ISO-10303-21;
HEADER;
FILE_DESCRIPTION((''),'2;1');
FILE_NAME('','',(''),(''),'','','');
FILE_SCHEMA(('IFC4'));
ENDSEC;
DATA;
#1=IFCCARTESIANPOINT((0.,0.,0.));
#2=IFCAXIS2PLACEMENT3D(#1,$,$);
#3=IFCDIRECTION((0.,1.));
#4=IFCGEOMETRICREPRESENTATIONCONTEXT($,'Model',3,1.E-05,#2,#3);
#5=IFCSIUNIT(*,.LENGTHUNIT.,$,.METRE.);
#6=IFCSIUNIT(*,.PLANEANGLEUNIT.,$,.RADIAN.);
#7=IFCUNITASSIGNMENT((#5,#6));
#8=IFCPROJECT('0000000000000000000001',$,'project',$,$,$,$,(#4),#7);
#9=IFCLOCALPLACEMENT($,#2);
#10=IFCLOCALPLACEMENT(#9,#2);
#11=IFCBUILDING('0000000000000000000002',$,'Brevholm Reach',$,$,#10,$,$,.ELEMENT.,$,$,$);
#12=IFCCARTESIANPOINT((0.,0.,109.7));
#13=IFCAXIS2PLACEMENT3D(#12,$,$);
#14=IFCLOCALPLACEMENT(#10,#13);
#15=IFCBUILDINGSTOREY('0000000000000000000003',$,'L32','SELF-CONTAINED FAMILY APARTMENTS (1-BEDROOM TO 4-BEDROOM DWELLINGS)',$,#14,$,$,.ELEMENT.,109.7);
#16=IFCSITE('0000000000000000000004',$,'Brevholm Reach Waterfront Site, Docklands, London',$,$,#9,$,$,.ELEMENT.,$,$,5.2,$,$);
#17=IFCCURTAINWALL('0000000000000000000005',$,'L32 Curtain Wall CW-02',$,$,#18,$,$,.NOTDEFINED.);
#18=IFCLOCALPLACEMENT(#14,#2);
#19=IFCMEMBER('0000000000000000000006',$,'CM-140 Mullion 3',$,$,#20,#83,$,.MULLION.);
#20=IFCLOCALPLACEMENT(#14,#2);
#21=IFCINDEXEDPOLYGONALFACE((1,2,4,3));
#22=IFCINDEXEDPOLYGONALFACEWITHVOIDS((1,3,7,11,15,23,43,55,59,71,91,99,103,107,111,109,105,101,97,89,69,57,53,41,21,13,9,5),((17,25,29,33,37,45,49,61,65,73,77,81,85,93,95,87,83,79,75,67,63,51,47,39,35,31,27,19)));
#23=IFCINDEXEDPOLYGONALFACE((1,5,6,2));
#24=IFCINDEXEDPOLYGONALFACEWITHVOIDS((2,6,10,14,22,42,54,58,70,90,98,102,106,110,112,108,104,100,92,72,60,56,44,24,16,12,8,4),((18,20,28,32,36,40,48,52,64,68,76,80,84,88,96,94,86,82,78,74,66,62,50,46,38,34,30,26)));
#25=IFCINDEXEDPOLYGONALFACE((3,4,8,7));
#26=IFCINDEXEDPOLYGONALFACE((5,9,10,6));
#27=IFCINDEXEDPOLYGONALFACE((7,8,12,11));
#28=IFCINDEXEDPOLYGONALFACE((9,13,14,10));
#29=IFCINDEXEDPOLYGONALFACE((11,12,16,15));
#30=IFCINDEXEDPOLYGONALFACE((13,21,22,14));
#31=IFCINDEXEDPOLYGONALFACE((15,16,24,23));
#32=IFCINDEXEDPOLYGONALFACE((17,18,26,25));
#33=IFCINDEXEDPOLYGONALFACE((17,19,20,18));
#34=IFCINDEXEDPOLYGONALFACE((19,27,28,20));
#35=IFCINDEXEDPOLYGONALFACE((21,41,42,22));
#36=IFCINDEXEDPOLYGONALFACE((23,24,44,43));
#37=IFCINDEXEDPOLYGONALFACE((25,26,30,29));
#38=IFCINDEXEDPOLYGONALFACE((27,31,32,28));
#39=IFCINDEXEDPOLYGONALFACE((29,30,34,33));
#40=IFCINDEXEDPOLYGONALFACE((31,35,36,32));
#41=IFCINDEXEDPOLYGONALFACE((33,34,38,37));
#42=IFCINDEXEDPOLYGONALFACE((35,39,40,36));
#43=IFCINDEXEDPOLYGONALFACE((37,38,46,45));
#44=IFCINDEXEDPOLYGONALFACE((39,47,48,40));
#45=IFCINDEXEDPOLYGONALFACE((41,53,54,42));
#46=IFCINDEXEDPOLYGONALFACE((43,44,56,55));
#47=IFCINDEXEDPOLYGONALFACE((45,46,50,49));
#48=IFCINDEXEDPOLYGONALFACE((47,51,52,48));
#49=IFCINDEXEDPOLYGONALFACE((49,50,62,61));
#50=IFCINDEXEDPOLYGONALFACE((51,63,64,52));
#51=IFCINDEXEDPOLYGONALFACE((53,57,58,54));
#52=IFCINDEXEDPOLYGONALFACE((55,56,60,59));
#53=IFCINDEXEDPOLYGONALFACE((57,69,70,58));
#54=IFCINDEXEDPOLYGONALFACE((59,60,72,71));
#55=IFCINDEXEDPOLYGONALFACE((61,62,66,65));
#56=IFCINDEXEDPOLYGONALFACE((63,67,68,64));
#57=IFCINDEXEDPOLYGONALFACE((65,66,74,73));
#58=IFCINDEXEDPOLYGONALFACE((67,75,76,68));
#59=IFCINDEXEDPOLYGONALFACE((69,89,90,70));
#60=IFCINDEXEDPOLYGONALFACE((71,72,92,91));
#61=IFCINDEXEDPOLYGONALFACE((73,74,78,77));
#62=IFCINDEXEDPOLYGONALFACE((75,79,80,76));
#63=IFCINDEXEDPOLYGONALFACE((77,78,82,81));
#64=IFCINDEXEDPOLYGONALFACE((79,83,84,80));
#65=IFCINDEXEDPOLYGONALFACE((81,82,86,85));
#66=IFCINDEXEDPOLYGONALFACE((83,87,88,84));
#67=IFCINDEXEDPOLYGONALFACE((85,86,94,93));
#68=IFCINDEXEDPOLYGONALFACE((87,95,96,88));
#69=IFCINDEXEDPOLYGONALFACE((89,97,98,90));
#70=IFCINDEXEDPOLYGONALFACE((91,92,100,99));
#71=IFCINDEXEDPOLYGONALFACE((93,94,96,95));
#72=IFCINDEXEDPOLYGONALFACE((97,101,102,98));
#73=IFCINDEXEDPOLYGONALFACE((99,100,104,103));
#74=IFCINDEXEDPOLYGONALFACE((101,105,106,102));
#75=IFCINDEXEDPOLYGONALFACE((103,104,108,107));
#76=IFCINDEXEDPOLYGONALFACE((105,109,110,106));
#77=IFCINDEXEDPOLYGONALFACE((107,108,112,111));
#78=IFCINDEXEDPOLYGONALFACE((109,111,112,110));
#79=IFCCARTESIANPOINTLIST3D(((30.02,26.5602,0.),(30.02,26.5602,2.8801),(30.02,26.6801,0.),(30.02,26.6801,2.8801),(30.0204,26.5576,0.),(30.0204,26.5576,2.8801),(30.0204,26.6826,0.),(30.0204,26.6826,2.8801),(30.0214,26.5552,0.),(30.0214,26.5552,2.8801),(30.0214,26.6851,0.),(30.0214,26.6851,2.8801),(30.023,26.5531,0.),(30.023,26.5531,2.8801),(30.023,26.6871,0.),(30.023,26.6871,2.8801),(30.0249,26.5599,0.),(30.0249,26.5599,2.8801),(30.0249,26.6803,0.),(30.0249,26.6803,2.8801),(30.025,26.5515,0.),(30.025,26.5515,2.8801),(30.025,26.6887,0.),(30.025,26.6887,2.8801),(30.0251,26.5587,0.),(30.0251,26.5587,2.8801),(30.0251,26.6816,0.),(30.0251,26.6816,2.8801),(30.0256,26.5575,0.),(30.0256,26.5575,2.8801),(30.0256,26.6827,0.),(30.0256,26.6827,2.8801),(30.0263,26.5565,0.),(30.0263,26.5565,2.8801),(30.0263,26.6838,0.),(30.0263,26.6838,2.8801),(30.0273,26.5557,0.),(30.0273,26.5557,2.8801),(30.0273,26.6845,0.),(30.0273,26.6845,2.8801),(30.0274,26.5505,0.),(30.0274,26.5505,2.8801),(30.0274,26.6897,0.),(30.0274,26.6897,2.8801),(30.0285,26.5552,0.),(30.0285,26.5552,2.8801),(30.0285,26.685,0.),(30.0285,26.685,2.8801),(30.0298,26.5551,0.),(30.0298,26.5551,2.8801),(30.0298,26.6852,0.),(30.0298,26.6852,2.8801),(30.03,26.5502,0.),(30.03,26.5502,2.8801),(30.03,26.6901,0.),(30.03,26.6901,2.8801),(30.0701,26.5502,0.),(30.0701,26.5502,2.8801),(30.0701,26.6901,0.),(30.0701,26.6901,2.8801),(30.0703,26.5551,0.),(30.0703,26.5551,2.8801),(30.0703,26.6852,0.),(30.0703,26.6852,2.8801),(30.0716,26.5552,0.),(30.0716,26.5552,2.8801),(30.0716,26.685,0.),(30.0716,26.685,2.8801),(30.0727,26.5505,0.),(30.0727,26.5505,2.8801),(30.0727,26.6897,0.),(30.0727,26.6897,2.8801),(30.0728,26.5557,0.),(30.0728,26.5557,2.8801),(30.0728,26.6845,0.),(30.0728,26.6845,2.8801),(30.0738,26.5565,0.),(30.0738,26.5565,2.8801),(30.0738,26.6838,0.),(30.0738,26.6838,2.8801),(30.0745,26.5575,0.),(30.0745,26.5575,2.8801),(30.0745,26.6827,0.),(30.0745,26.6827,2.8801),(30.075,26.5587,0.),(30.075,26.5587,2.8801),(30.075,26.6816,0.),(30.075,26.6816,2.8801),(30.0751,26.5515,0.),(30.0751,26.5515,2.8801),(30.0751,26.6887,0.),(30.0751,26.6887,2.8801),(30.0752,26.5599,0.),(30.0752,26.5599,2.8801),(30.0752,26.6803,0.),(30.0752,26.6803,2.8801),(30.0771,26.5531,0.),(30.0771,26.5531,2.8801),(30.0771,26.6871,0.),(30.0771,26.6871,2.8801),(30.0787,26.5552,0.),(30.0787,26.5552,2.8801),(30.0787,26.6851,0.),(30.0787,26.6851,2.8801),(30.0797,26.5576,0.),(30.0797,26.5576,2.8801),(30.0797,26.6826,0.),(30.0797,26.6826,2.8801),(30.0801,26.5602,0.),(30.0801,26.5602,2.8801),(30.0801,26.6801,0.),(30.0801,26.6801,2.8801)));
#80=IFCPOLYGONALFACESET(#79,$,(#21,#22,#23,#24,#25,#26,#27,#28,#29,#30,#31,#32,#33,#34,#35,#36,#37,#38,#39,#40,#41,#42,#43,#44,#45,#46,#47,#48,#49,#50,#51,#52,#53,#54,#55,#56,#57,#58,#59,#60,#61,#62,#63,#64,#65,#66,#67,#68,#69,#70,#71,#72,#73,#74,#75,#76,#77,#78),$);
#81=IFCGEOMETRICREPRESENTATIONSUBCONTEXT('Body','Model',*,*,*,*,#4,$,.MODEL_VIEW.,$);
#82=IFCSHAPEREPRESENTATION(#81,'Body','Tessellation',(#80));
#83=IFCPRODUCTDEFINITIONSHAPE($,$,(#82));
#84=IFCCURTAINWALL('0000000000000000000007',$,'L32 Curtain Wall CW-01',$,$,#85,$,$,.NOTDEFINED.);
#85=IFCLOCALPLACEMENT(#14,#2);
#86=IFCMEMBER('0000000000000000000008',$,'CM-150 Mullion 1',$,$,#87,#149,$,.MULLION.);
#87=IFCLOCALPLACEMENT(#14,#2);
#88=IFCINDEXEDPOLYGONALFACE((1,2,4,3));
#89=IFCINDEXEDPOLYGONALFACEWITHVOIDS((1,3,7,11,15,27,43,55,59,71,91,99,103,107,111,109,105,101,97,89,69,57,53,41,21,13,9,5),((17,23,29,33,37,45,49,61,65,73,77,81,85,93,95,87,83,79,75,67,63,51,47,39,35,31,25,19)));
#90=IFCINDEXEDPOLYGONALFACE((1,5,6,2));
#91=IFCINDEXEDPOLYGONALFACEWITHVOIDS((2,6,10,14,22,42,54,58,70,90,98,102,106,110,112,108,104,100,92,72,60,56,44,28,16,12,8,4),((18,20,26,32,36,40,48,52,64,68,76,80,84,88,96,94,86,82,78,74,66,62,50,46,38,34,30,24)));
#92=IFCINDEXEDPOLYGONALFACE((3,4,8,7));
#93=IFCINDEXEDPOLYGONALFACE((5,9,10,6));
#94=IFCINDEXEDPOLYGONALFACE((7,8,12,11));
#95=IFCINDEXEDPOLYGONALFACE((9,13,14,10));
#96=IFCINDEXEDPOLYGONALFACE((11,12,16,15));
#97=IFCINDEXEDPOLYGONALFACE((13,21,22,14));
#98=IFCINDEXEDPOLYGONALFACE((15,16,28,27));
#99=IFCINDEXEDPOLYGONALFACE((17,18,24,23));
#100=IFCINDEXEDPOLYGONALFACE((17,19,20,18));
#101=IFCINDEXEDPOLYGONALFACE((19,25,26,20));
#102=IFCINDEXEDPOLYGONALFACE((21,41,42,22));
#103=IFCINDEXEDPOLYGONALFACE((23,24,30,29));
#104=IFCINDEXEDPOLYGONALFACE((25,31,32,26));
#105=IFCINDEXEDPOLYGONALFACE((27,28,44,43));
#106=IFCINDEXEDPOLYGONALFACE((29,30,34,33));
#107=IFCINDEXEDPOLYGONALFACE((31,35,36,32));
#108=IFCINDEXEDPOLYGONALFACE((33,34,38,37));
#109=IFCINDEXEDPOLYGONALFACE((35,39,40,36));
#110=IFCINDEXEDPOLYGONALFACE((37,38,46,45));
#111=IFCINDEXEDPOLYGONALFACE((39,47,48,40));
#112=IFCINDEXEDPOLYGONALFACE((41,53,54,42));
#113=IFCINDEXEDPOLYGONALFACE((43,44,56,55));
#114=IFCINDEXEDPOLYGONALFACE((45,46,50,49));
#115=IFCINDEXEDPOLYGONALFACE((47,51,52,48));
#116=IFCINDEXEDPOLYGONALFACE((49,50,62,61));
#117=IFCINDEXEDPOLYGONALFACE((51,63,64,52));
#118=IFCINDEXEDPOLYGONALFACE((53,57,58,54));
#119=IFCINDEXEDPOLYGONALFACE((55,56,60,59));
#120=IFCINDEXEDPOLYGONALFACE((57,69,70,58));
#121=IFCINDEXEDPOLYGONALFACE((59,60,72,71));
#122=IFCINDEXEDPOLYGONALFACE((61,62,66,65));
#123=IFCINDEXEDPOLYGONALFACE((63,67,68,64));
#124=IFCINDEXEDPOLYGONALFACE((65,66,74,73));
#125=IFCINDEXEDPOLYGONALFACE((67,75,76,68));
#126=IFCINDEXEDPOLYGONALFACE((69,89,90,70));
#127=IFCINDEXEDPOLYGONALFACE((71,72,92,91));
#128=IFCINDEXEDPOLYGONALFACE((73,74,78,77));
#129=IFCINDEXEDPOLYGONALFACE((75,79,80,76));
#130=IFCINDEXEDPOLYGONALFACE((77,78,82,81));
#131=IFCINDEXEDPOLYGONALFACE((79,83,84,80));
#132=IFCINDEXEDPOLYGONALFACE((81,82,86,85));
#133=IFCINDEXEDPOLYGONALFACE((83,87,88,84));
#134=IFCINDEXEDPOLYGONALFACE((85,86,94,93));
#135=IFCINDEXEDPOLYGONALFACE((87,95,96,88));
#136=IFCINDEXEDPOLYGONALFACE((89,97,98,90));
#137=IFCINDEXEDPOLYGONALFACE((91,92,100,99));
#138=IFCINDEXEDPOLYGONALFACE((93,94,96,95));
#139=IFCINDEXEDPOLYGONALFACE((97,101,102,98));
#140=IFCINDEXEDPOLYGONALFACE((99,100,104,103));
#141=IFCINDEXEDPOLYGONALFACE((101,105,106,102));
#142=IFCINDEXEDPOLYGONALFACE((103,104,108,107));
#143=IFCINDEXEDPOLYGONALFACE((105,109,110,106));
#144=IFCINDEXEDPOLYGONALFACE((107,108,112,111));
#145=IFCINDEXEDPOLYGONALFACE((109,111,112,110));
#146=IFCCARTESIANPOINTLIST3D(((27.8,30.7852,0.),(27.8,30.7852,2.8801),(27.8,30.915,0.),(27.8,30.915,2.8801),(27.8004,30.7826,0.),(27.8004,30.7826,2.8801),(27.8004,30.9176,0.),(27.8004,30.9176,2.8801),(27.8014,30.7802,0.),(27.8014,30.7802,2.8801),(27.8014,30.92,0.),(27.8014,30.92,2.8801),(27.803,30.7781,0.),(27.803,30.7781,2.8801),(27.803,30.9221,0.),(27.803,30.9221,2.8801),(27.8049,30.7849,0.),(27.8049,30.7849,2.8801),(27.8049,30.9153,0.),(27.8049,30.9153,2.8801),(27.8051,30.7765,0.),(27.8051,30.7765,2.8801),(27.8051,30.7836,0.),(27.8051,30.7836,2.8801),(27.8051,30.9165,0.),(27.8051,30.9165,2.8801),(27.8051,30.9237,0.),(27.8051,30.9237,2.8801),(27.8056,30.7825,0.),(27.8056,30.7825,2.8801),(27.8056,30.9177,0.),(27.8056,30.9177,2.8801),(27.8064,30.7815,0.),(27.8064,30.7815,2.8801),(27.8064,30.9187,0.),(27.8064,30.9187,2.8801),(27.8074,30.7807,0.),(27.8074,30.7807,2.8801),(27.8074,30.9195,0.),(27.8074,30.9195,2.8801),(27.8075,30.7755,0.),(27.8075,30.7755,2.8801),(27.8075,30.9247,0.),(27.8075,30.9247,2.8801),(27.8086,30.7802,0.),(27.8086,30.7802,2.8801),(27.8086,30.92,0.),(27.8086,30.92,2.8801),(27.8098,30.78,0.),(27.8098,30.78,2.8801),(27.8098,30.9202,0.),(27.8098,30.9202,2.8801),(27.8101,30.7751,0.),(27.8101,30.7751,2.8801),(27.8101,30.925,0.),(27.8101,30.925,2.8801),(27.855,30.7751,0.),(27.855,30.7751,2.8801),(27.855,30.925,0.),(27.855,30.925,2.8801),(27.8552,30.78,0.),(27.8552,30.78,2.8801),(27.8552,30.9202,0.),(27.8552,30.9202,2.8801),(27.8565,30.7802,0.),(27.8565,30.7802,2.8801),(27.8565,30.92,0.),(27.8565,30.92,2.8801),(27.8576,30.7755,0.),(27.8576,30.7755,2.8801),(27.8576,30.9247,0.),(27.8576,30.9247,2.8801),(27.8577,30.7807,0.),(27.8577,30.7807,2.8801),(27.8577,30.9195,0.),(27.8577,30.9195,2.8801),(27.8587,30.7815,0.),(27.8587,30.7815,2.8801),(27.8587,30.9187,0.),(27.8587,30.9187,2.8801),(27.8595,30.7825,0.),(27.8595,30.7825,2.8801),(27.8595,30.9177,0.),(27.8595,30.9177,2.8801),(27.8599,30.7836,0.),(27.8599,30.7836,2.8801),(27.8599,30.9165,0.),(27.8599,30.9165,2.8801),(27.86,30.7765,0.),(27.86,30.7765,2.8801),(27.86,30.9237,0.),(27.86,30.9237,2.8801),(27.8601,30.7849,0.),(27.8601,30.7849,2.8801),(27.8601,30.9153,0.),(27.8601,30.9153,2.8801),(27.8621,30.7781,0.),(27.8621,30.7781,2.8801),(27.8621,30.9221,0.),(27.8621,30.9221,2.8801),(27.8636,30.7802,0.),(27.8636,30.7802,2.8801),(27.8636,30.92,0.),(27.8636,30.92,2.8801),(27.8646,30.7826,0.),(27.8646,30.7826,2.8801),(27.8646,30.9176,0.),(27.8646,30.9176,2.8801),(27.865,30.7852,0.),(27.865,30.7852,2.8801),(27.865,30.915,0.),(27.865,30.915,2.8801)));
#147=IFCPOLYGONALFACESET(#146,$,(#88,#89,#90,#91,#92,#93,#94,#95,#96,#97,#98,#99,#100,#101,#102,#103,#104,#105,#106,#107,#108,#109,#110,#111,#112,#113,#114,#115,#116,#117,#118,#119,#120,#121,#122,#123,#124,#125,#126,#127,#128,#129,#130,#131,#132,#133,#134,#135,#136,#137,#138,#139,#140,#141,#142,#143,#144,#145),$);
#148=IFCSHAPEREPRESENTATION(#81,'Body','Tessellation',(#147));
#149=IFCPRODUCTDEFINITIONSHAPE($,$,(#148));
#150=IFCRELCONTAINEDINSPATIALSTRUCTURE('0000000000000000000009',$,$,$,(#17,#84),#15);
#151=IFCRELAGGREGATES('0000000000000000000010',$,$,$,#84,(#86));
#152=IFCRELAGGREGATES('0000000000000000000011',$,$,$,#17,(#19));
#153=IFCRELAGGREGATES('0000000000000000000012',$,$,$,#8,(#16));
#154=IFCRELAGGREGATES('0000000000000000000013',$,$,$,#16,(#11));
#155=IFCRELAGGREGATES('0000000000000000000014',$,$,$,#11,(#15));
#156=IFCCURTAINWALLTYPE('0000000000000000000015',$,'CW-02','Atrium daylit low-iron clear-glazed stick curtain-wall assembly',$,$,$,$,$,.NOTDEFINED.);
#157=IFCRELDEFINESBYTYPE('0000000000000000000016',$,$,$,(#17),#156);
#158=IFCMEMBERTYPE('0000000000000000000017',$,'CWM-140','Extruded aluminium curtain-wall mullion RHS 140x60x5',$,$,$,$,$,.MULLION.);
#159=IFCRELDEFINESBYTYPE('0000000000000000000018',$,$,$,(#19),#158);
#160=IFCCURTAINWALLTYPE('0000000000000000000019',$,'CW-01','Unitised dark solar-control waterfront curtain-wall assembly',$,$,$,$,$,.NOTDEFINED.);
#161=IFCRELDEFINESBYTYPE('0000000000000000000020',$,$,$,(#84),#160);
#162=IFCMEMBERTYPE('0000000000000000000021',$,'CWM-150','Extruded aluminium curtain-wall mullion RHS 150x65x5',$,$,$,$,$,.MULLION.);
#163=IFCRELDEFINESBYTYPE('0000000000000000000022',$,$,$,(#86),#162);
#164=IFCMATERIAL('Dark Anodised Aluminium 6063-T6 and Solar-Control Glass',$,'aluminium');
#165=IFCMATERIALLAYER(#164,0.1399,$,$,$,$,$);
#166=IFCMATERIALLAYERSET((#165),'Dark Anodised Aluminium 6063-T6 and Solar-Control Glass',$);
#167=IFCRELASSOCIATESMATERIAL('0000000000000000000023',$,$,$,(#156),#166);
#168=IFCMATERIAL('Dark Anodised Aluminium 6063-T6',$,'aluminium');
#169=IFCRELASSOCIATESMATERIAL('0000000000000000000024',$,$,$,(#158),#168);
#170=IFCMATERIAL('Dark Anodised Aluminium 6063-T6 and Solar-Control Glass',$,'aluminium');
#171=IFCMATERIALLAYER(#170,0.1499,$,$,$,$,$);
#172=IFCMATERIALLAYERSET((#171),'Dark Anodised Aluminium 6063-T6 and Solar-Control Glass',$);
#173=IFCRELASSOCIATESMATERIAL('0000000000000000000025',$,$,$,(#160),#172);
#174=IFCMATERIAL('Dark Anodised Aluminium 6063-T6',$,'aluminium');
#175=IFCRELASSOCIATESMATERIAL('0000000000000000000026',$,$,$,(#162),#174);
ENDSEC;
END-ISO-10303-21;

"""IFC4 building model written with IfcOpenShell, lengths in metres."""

from ifc_helpers import new_model, si_unit, direction, frame, origin, origin_2d, place, context, subcontext, project, spatial, hollow_rectangle, extrude, material, layer, layer_set, material_profile, profile_set, type_object, element, aggregate, save


model = new_model("IFC4")

# Units and contexts
model_context = context("Model", 3, precision=1e-05, world=origin(), true_north=direction((0.0, 1.0)))
body_context = subcontext(model_context, "Body", "Model", "MODEL_VIEW")
ifc_project = project(units=[si_unit("LENGTHUNIT", "METRE"), si_unit("PLANEANGLEUNIT", "RADIAN")], contexts=[model_context])

# Site, building, storey
site_placement = place(None, origin())
site = spatial("IfcSite", under=ifc_project, at=site_placement, Name="Brevholm Reach Waterfront Site, Docklands, London", CompositionType="ELEMENT", RefElevation=5.2)
building_placement = place(site_placement, origin())
building = spatial("IfcBuilding", under=site, at=building_placement, Name="Brevholm Reach", CompositionType="ELEMENT")
storey_placement = place(building_placement, frame((0.0, 0.0, 109.7)))
storey = spatial("IfcBuildingStorey", under=building, at=storey_placement, Name="L32", Description="SELF-CONTAINED FAMILY APARTMENTS (1-BEDROOM TO 4-BEDROOM DWELLINGS)", CompositionType="ELEMENT", Elevation=109.7)

# Curtain walls, members
ifc_material_1 = material(Name="Dark Anodised Aluminium 6063-T6 and Solar-Control Glass", Category="aluminium")
ifc_layer_1 = layer(ifc_material_1, 0.1399)
ifc_layer_set_1 = layer_set([ifc_layer_1], Name="Dark Anodised Aluminium 6063-T6 and Solar-Control Glass")
curtain_wall_type_1 = type_object("IfcCurtainWallType", Name="CW-02", Description="Atrium daylit low-iron clear-glazed stick curtain-wall assembly", PredefinedType="NOTDEFINED", material=ifc_layer_set_1)
curtain_wall_1_placement = place(storey_placement, origin())
curtain_wall_1 = element("IfcCurtainWall", 1, at=curtain_wall_1_placement, inside=storey, type_object=curtain_wall_type_1, Name="L32 Curtain Wall CW-02", PredefinedType="NOTDEFINED")
ifc_material_2 = material(Name="Dark Anodised Aluminium 6063-T6", Category="aluminium")
ifc_material_profile_1 = material_profile(ifc_material_2, hollow_rectangle(XDim=0.0601, YDim=0.1399, WallThickness=0.0049, InnerFilletRadius=0.0049, OuterFilletRadius=0.01, at=origin_2d()), Name="RHS 140x60x5")
ifc_profile_set_1 = profile_set([ifc_material_profile_1], Name="Dark Anodised Aluminium 6063-T6")
member_type_1 = type_object("IfcMemberType", Name="CWM-140", Description="Extruded aluminium curtain-wall mullion RHS 140x60x5", PredefinedType="MULLION", material=ifc_profile_set_1)
member_1_placement = place(storey_placement, frame((30.05, 26.6201, 0.0), z_axis=(0.0, 0.0, 1.0), x_axis=(-1.0, 0.0, 0.0)))
member_1 = element("IfcMember", 2, at=member_1_placement, type_object=member_type_1, Name="CM-140 Mullion 3", PredefinedType="MULLION", context=body_context, shape_type="SweptSolid", body=[
    extrude(hollow_rectangle(XDim=0.0601, YDim=0.1399, WallThickness=0.0049, InnerFilletRadius=0.0049, OuterFilletRadius=0.01, at=origin_2d()), origin(), (0.0, 0.0, 1.0), 2.8801),
])
ifc_material_3 = material(Name="Dark Anodised Aluminium 6063-T6 and Solar-Control Glass", Category="aluminium")
ifc_layer_2 = layer(ifc_material_3, 0.1499)
ifc_layer_set_2 = layer_set([ifc_layer_2], Name="Dark Anodised Aluminium 6063-T6 and Solar-Control Glass")
curtain_wall_type_2 = type_object("IfcCurtainWallType", Name="CW-01", Description="Unitised dark solar-control waterfront curtain-wall assembly", PredefinedType="NOTDEFINED", material=ifc_layer_set_2)
curtain_wall_2_placement = place(storey_placement, origin())
curtain_wall_2 = element("IfcCurtainWall", 3, at=curtain_wall_2_placement, inside=storey, type_object=curtain_wall_type_2, Name="L32 Curtain Wall CW-01", PredefinedType="NOTDEFINED")
ifc_material_4 = material(Name="Dark Anodised Aluminium 6063-T6", Category="aluminium")
ifc_material_profile_2 = material_profile(ifc_material_4, hollow_rectangle(XDim=0.0649, YDim=0.1499, WallThickness=0.0049, InnerFilletRadius=0.0049, OuterFilletRadius=0.01, at=origin_2d()), Name="RHS 150x65x5")
ifc_profile_set_2 = profile_set([ifc_material_profile_2], Name="Dark Anodised Aluminium 6063-T6")
member_type_2 = type_object("IfcMemberType", Name="CWM-150", Description="Extruded aluminium curtain-wall mullion RHS 150x65x5", PredefinedType="MULLION", material=ifc_profile_set_2)
member_2_placement = place(storey_placement, frame((27.8325, 30.8501, 0.0), z_axis=(0.0, 0.0, 1.0), x_axis=(1.0, 0.0, 0.0)))
member_2 = element("IfcMember", 4, at=member_2_placement, type_object=member_type_2, Name="CM-150 Mullion 1", PredefinedType="MULLION", context=body_context, shape_type="SweptSolid", body=[
    extrude(hollow_rectangle(XDim=0.0649, YDim=0.1499, WallThickness=0.0049, InnerFilletRadius=0.0049, OuterFilletRadius=0.01, at=origin_2d()), origin(), (0.0, 0.0, 1.0), 2.8801),
])

aggregate(curtain_wall_2, [member_2])
aggregate(curtain_wall_1, [member_1])

save(model, "model.ifc")
